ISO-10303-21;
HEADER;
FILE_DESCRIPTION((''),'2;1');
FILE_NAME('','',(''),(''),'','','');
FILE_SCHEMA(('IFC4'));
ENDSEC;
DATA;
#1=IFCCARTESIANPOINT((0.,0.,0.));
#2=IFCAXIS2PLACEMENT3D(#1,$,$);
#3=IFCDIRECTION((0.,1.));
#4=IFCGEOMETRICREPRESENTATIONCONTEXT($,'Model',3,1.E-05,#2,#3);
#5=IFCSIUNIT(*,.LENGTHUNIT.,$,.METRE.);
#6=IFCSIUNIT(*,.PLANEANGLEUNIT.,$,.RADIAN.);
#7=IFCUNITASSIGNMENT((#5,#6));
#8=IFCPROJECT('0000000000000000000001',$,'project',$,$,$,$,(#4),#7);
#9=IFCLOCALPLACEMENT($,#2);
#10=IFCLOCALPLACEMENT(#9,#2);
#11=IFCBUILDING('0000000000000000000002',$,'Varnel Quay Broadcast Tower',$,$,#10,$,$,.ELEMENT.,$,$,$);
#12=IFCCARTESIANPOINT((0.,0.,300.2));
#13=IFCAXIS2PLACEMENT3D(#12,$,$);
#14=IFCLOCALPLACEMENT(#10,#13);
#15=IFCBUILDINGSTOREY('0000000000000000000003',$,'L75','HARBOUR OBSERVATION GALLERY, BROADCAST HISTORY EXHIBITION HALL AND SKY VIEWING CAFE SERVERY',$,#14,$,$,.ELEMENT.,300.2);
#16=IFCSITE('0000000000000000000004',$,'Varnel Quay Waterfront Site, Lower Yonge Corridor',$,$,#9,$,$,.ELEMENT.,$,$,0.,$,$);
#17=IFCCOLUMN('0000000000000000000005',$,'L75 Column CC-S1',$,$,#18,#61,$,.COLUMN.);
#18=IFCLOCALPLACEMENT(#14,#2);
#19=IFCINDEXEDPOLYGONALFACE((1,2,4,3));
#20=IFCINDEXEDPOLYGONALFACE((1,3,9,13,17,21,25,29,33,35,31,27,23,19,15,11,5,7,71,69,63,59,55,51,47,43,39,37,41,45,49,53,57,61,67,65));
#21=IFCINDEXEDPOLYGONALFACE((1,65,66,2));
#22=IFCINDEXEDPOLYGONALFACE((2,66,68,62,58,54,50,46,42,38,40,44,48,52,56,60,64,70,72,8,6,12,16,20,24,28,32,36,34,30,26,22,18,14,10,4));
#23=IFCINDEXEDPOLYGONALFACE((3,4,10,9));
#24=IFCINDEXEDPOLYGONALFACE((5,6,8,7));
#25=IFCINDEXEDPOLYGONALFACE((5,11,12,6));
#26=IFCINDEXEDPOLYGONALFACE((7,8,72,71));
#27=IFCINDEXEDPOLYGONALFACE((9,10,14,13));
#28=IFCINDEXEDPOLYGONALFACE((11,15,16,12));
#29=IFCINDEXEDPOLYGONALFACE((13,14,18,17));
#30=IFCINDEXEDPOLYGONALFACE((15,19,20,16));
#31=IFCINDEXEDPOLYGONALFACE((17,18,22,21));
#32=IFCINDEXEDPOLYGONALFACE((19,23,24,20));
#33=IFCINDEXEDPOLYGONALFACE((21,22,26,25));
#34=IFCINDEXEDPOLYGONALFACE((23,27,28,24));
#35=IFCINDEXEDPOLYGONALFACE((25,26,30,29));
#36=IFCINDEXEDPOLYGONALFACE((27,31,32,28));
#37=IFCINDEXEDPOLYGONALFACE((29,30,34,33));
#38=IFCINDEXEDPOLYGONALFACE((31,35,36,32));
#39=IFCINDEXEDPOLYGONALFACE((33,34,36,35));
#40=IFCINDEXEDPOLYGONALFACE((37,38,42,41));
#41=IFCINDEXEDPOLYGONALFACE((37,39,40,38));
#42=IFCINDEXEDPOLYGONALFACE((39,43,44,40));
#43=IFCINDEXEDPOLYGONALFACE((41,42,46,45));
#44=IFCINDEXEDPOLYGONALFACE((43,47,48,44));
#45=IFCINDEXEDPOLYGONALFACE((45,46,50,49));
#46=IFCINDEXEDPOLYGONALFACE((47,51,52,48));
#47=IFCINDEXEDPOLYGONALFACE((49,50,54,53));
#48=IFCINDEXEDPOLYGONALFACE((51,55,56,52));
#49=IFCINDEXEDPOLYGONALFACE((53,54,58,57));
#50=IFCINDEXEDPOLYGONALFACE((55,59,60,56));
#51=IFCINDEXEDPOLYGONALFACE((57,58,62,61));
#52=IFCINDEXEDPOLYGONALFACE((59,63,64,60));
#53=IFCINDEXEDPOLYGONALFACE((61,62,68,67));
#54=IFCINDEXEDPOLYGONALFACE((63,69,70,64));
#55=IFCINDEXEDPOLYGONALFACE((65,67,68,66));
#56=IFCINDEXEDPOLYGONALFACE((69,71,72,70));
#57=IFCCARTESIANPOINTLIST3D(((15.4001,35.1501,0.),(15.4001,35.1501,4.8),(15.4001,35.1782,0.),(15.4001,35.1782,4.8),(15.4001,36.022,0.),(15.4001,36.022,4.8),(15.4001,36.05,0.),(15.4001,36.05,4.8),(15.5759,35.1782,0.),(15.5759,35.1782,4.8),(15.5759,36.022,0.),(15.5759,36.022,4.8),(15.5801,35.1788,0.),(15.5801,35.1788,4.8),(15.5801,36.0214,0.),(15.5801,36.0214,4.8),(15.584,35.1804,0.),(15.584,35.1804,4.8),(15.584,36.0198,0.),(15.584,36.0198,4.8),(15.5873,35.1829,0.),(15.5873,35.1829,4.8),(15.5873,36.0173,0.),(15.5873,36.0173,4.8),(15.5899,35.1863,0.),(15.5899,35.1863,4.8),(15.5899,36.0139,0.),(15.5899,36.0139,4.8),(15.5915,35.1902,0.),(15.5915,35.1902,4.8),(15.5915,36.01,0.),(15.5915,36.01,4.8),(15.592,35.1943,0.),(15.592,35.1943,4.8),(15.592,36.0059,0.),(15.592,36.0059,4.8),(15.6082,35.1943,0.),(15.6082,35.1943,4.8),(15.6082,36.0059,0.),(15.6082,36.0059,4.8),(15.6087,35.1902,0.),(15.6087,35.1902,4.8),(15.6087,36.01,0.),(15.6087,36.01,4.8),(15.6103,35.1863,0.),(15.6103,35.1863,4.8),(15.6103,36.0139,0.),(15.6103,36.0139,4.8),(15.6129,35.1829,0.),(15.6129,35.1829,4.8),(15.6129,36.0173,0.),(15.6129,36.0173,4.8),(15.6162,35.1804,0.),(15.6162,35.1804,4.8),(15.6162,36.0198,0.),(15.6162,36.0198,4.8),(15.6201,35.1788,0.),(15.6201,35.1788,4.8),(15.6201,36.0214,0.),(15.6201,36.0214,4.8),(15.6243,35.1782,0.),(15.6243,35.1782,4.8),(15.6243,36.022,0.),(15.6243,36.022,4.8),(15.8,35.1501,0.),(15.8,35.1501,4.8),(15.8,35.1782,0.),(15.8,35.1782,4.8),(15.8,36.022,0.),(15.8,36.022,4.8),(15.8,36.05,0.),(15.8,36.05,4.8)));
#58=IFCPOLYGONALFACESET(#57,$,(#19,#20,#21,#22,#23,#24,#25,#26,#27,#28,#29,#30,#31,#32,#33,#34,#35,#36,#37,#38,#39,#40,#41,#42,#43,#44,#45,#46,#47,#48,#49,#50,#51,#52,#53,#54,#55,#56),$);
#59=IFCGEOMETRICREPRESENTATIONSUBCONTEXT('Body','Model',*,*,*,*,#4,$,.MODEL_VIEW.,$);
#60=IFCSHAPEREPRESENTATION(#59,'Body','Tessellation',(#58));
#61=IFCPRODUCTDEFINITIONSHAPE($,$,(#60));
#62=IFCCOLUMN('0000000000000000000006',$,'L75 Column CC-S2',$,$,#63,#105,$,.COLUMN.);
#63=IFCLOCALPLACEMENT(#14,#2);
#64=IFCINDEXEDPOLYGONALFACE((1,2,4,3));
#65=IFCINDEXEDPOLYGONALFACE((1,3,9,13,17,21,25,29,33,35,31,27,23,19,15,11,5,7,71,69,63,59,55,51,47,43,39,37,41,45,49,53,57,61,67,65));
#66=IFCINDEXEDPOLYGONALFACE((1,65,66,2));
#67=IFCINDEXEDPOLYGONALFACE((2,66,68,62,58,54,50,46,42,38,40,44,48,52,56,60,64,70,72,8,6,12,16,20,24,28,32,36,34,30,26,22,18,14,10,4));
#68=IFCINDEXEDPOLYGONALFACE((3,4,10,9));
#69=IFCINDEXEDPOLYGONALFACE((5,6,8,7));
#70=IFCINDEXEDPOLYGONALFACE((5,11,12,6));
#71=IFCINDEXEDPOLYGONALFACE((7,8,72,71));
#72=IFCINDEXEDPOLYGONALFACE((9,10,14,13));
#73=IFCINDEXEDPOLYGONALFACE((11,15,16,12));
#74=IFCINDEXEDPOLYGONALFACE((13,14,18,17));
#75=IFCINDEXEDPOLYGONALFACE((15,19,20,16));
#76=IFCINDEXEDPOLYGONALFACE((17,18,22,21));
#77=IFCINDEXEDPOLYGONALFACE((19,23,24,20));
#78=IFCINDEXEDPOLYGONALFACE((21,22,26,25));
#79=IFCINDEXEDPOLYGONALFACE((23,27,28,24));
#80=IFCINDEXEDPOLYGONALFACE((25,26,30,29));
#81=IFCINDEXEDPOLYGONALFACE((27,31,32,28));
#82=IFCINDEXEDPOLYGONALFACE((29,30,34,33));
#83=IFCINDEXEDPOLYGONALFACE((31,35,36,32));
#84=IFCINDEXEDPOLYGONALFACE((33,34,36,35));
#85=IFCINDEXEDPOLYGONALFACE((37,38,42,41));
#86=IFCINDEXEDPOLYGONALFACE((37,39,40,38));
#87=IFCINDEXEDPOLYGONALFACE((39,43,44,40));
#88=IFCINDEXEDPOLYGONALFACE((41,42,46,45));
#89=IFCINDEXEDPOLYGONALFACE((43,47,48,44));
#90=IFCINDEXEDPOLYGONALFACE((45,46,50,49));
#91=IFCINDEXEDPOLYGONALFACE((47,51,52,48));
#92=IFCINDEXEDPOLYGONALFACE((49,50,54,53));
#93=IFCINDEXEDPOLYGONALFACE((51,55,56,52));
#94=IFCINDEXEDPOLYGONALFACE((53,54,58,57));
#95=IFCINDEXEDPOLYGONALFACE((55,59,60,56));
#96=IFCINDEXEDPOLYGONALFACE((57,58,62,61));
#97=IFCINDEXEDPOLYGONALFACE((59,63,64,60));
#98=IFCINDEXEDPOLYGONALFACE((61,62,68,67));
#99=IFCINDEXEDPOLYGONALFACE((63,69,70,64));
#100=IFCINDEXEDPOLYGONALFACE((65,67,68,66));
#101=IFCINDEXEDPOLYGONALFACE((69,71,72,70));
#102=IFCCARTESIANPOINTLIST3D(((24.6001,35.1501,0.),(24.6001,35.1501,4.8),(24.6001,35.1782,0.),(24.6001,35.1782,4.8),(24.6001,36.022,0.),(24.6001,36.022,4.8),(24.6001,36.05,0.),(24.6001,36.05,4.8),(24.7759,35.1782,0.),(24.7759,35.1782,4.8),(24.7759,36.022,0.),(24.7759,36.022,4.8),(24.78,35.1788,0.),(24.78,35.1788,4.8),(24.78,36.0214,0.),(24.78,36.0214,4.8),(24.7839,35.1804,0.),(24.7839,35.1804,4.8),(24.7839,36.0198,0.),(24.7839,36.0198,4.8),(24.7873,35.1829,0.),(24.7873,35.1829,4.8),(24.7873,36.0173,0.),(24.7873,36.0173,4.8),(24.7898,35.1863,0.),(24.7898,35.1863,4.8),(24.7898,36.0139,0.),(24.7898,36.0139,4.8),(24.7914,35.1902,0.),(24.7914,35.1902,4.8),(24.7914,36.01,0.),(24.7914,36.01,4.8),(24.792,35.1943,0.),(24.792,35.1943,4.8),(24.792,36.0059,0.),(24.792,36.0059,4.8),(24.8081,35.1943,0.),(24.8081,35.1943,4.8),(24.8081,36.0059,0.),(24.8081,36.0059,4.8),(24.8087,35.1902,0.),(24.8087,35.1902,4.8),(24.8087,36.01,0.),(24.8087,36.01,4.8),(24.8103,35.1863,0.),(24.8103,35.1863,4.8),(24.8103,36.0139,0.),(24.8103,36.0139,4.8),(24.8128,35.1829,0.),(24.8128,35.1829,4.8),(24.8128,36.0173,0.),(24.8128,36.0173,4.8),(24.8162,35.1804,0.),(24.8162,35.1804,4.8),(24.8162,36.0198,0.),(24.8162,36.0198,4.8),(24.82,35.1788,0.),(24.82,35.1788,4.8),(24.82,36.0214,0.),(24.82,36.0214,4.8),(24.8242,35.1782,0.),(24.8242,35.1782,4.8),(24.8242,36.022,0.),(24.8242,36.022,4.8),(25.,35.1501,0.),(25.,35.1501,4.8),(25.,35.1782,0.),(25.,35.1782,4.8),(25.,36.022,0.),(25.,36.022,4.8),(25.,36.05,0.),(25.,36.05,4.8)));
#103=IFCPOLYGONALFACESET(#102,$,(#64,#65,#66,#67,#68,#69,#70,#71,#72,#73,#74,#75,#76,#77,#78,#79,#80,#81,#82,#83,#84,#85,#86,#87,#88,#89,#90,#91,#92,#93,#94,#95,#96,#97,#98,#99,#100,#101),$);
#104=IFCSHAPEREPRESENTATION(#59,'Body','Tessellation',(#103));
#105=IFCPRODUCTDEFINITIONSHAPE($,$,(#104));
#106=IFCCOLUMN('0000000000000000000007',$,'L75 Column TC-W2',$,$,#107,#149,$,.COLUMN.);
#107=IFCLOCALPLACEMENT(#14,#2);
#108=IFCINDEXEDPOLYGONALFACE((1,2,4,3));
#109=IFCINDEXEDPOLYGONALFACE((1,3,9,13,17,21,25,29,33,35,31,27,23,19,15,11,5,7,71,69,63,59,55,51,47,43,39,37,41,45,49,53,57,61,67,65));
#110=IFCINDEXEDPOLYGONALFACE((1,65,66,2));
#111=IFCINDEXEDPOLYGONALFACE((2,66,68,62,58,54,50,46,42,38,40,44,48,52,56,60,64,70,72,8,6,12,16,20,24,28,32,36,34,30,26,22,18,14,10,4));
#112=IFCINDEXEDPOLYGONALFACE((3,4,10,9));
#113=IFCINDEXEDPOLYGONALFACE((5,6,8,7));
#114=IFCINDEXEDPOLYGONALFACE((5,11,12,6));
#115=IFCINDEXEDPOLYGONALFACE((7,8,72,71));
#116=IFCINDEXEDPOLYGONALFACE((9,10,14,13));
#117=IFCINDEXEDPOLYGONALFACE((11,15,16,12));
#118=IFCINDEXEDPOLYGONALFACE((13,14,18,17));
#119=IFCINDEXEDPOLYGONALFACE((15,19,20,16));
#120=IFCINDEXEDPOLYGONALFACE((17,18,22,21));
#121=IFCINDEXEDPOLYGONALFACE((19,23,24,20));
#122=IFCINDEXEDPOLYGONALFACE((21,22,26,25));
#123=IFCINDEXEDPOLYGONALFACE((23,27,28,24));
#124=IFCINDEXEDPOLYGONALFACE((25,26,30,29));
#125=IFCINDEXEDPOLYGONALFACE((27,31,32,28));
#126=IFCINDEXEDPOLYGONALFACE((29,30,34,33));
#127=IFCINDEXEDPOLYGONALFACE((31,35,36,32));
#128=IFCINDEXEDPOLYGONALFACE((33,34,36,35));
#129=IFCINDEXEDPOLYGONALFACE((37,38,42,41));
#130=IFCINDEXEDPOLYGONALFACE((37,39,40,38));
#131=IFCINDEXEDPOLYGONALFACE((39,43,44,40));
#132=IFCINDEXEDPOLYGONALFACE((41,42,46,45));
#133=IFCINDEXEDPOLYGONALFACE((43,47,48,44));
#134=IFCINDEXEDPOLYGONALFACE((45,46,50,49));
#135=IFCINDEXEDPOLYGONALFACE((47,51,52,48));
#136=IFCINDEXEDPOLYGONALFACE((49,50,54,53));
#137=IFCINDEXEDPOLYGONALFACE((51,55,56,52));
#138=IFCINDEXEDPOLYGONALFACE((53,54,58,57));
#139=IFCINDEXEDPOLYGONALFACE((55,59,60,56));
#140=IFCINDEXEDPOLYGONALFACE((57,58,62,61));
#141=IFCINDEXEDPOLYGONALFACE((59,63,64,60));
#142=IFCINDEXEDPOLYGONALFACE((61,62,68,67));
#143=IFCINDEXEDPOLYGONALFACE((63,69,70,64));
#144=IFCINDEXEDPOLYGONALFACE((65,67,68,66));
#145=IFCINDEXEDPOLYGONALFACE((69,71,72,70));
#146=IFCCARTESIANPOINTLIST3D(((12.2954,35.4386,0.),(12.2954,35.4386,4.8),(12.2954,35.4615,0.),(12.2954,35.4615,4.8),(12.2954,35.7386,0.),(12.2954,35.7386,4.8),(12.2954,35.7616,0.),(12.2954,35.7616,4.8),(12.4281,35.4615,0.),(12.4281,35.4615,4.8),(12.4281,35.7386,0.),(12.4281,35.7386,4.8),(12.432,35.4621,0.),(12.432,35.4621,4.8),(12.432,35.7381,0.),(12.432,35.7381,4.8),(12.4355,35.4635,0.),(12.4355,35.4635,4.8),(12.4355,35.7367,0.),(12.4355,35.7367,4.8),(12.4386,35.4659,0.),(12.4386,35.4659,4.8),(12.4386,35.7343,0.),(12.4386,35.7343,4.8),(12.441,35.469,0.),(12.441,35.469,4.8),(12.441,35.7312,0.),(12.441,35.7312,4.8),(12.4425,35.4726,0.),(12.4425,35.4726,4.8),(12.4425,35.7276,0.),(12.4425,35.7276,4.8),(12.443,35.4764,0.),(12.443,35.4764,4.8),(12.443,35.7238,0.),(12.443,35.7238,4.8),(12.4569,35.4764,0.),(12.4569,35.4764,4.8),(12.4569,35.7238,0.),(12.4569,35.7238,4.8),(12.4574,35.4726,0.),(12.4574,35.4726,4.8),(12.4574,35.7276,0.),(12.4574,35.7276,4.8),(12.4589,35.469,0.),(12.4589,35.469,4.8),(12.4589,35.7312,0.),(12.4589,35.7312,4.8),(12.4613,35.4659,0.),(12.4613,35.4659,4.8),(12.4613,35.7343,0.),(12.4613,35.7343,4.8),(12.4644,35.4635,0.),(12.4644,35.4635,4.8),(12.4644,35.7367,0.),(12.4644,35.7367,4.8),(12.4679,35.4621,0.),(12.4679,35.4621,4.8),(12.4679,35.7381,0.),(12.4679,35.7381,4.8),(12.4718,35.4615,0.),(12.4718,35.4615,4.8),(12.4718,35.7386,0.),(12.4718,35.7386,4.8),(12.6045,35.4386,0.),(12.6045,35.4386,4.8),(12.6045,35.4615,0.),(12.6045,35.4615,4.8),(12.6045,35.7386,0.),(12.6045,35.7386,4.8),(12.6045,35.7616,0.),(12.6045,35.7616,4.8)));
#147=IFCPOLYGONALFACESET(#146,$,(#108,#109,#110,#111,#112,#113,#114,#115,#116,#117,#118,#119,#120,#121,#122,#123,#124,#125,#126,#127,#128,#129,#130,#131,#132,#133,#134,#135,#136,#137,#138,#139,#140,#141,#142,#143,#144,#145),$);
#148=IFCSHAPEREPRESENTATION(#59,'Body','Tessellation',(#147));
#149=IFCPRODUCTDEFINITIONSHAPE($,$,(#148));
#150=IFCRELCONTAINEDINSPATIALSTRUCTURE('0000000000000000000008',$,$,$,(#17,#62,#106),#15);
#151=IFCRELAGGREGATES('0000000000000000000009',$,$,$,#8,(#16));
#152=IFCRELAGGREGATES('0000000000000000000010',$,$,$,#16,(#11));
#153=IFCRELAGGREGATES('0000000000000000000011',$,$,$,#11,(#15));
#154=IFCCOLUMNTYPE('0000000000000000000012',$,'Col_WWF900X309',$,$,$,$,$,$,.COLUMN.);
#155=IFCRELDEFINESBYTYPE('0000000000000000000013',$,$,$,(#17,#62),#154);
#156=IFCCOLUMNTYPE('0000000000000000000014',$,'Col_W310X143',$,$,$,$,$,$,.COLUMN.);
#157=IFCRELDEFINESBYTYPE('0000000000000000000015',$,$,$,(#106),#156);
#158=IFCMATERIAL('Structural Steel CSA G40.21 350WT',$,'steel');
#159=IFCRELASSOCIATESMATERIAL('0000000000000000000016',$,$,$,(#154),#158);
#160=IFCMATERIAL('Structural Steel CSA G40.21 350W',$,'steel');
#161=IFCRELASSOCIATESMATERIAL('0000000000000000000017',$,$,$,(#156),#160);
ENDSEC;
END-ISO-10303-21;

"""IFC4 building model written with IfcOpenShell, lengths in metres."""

from ifc_helpers import new_model, si_unit, direction, frame, origin, origin_2d, place, context, subcontext, project, spatial, i_section, extrude, source, transform, mapped, material, material_profile, profile_set, type_object, type_shapes, element, save


model = new_model("IFC4")

# Units and contexts
model_context = context("Model", 3, precision=1e-05, world=origin(), true_north=direction((0.0, 1.0)))
body_context = subcontext(model_context, "Body", "Model", "MODEL_VIEW")
ifc_project = project(units=[si_unit("LENGTHUNIT", "METRE"), si_unit("PLANEANGLEUNIT", "RADIAN")], contexts=[model_context])

# Site, building, storey
site_placement = place(None, origin())
site = spatial("IfcSite", under=ifc_project, at=site_placement, Name="Varnel Quay Waterfront Site, Lower Yonge Corridor", CompositionType="ELEMENT", RefElevation=0.0)
building_placement = place(site_placement, origin())
building = spatial("IfcBuilding", under=site, at=building_placement, Name="Varnel Quay Broadcast Tower", CompositionType="ELEMENT")
storey_placement = place(building_placement, frame((0.0, 0.0, 300.2)))
storey = spatial("IfcBuildingStorey", under=building, at=storey_placement, Name="L75", Description="HARBOUR OBSERVATION GALLERY, BROADCAST HISTORY EXHIBITION HALL AND SKY VIEWING CAFE SERVERY", CompositionType="ELEMENT", Elevation=300.2)

# Columns
ifc_material_1 = material(Name="Structural Steel CSA G40.21 350WT", Category="steel")
ifc_material_profile_1 = material_profile(ifc_material_1, i_section(OverallWidth=0.3999, OverallDepth=0.8999, WebThickness=0.0161, FlangeThickness=0.0281, FilletRadius=0.0161, at=origin_2d()), Name="WWF900X309")
ifc_profile_set_1 = profile_set([ifc_material_profile_1], Name="Structural Steel CSA G40.21 350WT")
column_type_1 = type_object("IfcColumnType", Name="Col_WWF900X309", PredefinedType="COLUMN", material=ifc_profile_set_1)
shared_shape_1 = source(origin(), body_context, "Body", "SweptSolid", [
    extrude(i_section(OverallWidth=0.3999, OverallDepth=0.8999, WebThickness=0.0161, FlangeThickness=0.0281, FilletRadius=0.0161, at=origin_2d()), origin(), (0.0, 0.0, 1.0), 4.8),
])
type_shapes(column_type_1, [shared_shape_1])
for number, where, z_axis, x_axis, name in (
    (1, (15.6001, 35.6001, 0.0), (0.0, 0.0, 1.0), (1.0, 0.0, 0.0), "L75 Column CC-S1"),
    (2, (24.8, 35.6001, 0.0), (0.0, 0.0, 1.0), (1.0, 0.0, 0.0), "L75 Column CC-S2"),
):
    element("IfcColumn", number, at=place(storey_placement, frame(where, z_axis=z_axis, x_axis=x_axis)), inside=storey, type_object=column_type_1, Name=name, PredefinedType="COLUMN", context=body_context, shape_type="MappedRepresentation", body=[
        mapped(shared_shape_1, transform((0.0, 0.0, 0.0), x_axis=(1.0, 0.0, 0.0), y_axis=(0.0, 1.0, 0.0), z_axis=(0.0, 0.0, 1.0), scale=1.0)),
    ])
ifc_material_2 = material(Name="Structural Steel CSA G40.21 350W", Category="steel")
ifc_material_profile_2 = material_profile(ifc_material_2, i_section(OverallWidth=0.3091, OverallDepth=0.323, WebThickness=0.0139, FlangeThickness=0.0229, FilletRadius=0.0149, at=origin_2d()), Name="W310X143")
ifc_profile_set_2 = profile_set([ifc_material_profile_2], Name="Structural Steel CSA G40.21 350W")
column_type_2 = type_object("IfcColumnType", Name="Col_W310X143", PredefinedType="COLUMN", material=ifc_profile_set_2)
shared_shape_2 = source(origin(), body_context, "Body", "SweptSolid", [
    extrude(i_section(OverallWidth=0.3091, OverallDepth=0.323, WebThickness=0.0139, FlangeThickness=0.0229, FilletRadius=0.0149, at=origin_2d()), origin(), (0.0, 0.0, 1.0), 4.8),
])
type_shapes(column_type_2, [shared_shape_2])
column_1_placement = place(storey_placement, frame((12.45, 35.6001, 0.0), z_axis=(0.0, 0.0, 1.0), x_axis=(1.0, 0.0, 0.0)))
element("IfcColumn", 3, at=column_1_placement, inside=storey, type_object=column_type_2, Name="L75 Column TC-W2", PredefinedType="COLUMN", context=body_context, shape_type="MappedRepresentation", body=[
    mapped(shared_shape_2, transform((0.0, 0.0, 0.0), x_axis=(1.0, 0.0, 0.0), y_axis=(0.0, 1.0, 0.0), z_axis=(0.0, 0.0, 1.0), scale=1.0)),
])

save(model, "model.ifc")
